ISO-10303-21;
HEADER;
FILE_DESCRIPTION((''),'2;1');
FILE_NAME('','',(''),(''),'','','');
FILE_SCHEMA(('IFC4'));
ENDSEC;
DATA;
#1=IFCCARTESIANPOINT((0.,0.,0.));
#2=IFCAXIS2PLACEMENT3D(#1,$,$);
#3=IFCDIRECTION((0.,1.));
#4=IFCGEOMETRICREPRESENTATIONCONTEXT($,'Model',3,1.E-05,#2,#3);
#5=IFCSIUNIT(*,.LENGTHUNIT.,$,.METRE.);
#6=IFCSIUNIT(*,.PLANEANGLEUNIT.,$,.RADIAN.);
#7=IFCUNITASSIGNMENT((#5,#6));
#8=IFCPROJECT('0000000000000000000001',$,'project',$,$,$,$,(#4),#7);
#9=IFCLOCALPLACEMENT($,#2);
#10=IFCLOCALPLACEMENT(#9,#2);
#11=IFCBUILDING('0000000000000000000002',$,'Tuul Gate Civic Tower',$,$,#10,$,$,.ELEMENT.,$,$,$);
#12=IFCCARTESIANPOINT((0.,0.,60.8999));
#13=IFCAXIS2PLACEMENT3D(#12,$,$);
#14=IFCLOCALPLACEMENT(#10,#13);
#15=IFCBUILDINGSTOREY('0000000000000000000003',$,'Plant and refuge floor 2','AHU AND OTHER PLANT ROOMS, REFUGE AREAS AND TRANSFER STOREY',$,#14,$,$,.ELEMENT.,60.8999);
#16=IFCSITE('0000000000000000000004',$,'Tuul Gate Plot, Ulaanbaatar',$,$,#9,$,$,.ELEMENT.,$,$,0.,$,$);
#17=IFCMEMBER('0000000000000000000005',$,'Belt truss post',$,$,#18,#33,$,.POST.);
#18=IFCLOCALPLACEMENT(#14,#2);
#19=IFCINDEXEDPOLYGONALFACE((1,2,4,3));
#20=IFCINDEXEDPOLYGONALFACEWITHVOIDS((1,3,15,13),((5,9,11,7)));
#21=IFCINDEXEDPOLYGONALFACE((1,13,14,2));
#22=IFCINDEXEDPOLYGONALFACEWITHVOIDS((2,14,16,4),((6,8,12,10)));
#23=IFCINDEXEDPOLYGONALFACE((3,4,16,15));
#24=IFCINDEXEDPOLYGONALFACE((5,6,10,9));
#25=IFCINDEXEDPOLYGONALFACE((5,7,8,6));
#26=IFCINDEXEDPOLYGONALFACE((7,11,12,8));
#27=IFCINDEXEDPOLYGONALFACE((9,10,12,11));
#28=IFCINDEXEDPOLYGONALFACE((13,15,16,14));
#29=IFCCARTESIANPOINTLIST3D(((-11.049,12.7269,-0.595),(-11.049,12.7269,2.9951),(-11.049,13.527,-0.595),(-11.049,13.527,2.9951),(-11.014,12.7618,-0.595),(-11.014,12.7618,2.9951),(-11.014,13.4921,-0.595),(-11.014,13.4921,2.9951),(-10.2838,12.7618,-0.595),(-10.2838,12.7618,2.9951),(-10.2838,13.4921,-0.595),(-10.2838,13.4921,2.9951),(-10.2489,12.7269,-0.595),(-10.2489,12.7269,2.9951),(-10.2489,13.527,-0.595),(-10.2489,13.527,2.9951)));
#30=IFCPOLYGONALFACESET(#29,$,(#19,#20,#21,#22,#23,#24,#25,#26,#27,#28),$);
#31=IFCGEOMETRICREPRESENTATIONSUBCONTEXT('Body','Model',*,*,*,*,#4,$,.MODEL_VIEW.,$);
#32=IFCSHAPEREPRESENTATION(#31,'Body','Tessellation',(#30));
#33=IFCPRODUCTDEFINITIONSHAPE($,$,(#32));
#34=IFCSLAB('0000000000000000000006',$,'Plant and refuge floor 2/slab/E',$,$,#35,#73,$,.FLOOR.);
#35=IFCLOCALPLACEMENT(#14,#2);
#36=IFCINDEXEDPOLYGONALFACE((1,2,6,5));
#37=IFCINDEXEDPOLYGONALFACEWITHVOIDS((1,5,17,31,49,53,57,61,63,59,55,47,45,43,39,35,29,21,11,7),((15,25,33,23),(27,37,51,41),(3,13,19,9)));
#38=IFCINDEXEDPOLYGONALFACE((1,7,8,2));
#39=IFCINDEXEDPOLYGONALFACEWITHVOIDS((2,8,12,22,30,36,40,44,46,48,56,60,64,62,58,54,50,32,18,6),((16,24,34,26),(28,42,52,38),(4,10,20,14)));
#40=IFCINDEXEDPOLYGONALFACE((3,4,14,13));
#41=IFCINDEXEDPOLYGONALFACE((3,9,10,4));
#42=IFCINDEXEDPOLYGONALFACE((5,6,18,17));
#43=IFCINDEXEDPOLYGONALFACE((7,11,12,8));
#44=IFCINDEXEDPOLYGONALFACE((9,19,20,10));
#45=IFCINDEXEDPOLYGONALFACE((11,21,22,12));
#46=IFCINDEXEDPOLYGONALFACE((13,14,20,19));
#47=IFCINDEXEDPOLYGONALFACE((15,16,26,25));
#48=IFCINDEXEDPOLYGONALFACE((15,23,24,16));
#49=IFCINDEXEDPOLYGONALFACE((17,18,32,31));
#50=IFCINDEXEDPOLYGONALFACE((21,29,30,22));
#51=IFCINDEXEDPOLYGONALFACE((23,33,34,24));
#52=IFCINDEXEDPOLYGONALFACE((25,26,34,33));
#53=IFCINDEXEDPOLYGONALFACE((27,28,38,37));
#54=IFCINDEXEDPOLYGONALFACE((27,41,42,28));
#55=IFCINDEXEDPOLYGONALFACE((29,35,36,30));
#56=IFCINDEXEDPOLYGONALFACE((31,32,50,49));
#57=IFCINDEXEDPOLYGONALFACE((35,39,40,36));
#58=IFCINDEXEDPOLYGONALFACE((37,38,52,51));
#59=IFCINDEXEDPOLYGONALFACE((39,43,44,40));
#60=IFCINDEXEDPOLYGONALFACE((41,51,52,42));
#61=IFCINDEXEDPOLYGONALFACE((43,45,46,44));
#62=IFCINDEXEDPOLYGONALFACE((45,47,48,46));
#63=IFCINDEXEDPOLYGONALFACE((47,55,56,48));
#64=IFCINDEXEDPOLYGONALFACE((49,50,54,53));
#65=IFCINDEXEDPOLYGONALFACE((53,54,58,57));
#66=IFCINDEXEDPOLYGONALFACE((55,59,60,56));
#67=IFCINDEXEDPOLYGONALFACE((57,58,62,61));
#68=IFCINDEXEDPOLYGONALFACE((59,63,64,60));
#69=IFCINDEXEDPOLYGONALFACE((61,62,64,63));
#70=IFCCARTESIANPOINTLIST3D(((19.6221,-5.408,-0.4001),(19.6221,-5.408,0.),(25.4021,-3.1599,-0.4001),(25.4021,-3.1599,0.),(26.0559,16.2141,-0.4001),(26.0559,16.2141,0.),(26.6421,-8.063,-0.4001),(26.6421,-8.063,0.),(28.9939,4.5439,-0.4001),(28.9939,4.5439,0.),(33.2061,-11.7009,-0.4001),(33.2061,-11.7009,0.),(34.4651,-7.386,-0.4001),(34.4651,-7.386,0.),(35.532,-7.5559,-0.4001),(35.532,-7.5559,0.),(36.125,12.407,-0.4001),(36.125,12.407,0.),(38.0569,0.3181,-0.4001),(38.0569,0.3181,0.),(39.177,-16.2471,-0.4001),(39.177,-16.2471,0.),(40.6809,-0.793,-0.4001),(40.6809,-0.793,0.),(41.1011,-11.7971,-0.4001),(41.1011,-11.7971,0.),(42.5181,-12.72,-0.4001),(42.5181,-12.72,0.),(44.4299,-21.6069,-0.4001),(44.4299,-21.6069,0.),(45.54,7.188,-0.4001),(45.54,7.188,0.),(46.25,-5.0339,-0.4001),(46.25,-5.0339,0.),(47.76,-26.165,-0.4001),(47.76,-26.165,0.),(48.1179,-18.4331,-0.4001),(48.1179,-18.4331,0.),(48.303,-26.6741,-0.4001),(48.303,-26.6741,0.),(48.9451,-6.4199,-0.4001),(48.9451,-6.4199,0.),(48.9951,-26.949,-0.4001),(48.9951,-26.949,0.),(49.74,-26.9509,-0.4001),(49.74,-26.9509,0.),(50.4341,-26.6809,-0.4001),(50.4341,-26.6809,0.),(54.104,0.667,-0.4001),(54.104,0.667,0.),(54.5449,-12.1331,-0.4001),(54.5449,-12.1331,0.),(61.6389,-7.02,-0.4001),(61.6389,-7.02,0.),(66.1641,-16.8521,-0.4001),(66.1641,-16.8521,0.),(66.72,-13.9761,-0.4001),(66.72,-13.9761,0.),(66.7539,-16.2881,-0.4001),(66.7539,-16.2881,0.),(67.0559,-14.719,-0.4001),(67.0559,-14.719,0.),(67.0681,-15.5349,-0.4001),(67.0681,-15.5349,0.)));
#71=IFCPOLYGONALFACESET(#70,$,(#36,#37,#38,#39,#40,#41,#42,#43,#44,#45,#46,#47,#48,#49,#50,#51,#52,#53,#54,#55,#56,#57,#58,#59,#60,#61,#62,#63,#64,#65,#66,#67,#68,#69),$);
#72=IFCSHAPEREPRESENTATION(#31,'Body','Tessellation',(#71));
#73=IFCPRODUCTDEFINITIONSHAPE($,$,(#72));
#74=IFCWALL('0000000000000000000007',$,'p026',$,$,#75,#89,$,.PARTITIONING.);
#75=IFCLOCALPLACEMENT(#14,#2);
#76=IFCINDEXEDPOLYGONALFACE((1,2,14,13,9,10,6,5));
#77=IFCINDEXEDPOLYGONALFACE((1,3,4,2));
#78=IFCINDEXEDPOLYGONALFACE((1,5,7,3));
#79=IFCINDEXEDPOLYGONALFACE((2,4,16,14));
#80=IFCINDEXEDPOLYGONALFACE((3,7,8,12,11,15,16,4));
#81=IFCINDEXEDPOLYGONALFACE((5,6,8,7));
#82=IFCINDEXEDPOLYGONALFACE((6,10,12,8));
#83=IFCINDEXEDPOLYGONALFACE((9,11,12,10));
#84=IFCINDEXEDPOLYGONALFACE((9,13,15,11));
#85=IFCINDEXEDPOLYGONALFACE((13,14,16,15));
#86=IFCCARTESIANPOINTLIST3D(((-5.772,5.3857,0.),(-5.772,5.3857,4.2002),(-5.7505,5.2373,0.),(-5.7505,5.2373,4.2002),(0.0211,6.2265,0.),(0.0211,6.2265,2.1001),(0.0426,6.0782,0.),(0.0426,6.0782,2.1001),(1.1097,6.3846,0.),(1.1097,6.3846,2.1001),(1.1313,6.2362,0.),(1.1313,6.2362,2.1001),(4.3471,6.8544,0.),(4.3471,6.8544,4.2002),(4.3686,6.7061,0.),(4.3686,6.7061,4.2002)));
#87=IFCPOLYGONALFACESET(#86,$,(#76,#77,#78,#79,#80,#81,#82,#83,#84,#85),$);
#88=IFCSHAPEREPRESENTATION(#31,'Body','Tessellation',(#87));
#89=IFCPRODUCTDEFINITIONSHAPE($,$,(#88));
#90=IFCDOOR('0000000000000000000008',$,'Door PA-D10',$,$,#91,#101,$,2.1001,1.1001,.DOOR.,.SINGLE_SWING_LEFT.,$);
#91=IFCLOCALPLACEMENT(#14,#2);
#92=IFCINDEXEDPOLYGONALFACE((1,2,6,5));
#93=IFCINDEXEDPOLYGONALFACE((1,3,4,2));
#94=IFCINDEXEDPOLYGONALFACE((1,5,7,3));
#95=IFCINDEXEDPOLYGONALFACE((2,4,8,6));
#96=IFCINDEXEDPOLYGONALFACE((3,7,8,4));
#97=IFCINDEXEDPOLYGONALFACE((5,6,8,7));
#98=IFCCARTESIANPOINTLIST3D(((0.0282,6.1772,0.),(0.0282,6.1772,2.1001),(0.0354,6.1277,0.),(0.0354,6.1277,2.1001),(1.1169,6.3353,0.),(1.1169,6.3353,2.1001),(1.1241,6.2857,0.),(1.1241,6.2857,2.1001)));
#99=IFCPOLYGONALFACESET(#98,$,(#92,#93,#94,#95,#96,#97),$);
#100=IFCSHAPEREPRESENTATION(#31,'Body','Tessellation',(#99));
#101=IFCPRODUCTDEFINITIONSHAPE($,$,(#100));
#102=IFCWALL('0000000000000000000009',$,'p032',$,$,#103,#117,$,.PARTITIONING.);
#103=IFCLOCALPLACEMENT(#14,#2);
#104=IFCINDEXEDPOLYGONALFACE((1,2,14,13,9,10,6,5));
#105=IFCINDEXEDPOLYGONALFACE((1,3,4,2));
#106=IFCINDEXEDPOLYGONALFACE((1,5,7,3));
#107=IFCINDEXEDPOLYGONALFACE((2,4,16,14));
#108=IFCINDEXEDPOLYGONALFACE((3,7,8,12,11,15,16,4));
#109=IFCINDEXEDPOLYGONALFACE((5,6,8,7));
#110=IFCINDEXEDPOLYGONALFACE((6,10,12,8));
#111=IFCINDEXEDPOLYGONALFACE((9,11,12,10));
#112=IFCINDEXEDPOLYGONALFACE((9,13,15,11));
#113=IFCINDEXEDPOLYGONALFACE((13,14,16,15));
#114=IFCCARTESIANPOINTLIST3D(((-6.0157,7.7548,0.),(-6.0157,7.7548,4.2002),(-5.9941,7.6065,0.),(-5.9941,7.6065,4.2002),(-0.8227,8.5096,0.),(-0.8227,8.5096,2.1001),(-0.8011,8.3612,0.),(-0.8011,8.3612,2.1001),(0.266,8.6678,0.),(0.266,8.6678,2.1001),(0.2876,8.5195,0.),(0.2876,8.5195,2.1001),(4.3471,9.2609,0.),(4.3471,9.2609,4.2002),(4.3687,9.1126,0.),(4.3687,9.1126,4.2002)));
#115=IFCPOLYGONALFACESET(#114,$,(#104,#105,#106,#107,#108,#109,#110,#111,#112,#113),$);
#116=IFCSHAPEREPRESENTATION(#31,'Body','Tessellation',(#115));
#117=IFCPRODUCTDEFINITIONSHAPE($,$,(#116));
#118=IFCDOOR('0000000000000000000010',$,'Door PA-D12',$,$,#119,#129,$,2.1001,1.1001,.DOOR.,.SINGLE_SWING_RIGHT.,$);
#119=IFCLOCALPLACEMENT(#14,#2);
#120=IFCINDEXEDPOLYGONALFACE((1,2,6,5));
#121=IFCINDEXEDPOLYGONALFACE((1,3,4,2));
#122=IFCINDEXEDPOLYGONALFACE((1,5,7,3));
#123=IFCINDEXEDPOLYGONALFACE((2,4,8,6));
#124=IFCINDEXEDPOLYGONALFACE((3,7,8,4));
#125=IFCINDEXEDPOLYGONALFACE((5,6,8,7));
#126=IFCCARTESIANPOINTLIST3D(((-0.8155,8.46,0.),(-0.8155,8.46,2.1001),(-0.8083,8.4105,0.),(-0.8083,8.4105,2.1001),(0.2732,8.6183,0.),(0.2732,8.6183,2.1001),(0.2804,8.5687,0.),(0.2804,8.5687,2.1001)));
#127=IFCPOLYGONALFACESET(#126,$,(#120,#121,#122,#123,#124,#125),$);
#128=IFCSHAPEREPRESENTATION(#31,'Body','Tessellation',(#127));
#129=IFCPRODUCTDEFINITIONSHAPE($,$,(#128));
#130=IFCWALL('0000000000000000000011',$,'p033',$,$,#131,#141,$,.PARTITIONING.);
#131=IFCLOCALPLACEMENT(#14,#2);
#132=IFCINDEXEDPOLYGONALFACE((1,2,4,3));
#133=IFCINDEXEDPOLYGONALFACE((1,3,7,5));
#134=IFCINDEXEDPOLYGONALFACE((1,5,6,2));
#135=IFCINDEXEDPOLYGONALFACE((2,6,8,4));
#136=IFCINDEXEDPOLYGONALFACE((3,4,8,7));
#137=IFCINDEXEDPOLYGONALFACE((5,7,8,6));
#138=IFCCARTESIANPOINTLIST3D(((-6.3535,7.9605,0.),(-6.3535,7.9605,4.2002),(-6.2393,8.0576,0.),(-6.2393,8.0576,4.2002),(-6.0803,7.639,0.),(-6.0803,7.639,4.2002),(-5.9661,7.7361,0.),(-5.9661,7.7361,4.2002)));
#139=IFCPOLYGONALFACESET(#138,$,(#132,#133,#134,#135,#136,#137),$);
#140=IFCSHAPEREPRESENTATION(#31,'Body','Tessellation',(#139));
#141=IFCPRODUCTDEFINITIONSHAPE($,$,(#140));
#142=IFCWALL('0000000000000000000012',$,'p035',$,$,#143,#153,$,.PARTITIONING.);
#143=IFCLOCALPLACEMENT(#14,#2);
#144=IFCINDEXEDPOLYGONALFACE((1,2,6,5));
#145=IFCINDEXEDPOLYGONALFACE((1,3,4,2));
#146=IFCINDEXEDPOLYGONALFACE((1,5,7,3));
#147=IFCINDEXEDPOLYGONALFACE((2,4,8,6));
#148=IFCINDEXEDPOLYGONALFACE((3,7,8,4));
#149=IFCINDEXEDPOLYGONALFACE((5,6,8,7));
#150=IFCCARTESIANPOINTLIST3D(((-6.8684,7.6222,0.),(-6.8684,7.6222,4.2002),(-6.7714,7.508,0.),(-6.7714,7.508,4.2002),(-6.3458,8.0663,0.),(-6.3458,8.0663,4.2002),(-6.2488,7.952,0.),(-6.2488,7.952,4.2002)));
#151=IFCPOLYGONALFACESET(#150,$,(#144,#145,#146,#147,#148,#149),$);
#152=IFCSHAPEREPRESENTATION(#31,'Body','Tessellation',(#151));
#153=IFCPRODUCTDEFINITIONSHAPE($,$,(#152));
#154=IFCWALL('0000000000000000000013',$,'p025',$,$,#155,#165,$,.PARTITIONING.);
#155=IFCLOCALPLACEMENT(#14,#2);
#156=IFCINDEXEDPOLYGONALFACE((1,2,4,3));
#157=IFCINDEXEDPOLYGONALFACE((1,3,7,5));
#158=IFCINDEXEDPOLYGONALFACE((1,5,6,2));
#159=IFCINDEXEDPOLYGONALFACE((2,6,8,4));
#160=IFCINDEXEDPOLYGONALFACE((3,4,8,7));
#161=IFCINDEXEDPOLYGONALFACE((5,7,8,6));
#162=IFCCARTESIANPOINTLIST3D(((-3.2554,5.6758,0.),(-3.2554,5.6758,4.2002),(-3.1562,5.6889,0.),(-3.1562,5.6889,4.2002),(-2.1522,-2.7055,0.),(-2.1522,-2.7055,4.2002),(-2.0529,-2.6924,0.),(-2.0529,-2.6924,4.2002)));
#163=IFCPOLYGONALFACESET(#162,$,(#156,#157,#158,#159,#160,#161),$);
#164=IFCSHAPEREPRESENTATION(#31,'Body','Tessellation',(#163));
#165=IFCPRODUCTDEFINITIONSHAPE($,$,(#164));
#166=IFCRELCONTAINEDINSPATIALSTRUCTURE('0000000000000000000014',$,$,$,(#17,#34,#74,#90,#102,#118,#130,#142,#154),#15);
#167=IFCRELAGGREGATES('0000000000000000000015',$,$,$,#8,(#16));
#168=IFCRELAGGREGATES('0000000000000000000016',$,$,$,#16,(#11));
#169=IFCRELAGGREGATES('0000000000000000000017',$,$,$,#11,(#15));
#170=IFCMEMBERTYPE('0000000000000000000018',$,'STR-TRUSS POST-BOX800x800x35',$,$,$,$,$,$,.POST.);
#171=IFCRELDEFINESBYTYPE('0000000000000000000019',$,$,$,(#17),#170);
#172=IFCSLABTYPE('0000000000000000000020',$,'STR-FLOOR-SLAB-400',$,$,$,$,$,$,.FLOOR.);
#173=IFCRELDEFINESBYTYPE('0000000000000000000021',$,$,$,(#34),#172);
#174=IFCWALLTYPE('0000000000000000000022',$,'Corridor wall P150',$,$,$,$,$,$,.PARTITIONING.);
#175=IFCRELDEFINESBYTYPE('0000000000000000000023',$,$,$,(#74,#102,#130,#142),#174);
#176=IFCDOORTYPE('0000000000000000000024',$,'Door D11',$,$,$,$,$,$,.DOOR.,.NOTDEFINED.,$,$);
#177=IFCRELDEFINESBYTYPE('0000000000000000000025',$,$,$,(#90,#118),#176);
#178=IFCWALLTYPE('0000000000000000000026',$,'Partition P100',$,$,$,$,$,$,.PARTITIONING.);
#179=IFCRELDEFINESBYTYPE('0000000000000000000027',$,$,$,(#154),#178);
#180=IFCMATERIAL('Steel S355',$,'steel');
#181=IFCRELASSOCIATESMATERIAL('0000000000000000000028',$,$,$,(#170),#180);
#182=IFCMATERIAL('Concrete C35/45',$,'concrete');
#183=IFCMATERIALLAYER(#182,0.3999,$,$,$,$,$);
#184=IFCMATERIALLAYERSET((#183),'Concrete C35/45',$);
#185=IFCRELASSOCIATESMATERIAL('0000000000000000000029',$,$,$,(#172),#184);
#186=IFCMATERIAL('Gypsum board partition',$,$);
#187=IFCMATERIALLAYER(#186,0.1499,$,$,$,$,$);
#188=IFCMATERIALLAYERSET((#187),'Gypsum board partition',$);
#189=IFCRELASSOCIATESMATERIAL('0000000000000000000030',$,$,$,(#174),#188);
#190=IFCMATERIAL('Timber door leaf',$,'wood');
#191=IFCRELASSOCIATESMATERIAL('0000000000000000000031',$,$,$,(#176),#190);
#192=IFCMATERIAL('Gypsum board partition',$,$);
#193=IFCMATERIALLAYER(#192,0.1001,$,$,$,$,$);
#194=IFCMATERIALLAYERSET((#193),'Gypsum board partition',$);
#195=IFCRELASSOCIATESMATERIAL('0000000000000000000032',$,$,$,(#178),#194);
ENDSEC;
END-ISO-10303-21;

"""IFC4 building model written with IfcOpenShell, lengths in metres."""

from ifc_helpers import new_model, si_unit, direction, frame, frame_2d, origin, origin_2d, place, context, subcontext, project, spatial, polyline, rectangle, hollow_rectangle, outline, extrude, material, layer, layer_set, material_profile, profile_set, type_object, element, fill, save


model = new_model("IFC4")

# Units and contexts
model_context = context("Model", 3, precision=1e-05, world=origin(), true_north=direction((0.0, 1.0)))
body_context = subcontext(model_context, "Body", "Model", "MODEL_VIEW")
ifc_project = project(units=[si_unit("LENGTHUNIT", "METRE"), si_unit("PLANEANGLEUNIT", "RADIAN")], contexts=[model_context])

# Site, building, storey
site_placement = place(None, origin())
site = spatial("IfcSite", under=ifc_project, at=site_placement, Name="Tuul Gate Plot, Ulaanbaatar", CompositionType="ELEMENT", RefElevation=0.0)
building_placement = place(site_placement, origin())
building = spatial("IfcBuilding", under=site, at=building_placement, Name="Tuul Gate Civic Tower", CompositionType="ELEMENT")
storey_placement = place(building_placement, frame((0.0, 0.0, 60.8999)))
storey = spatial("IfcBuildingStorey", under=building, at=storey_placement, Name="Plant and refuge floor 2", Description="AHU AND OTHER PLANT ROOMS, REFUGE AREAS AND TRANSFER STOREY", CompositionType="ELEMENT", Elevation=60.8999)

# Member
ifc_material_1 = material(Name="Steel S355", Category="steel")
ifc_material_profile_1 = material_profile(ifc_material_1, hollow_rectangle(XDim=0.8, YDim=0.8, WallThickness=0.0349, at=origin_2d()), Name="BOX800x800x35")
ifc_profile_set_1 = profile_set([ifc_material_profile_1], Name="Steel S355")
member_type_1 = type_object("IfcMemberType", Name="STR-TRUSS POST-BOX800x800x35", PredefinedType="POST", material=ifc_profile_set_1)
for number, where, z_axis, x_axis, name in (
    (1, (-10.6489, 13.127, -0.595), (0.0, 0.0, 1.0), (1.0, 0.0, 0.0), "Belt truss post"),
):
    element("IfcMember", number, at=place(storey_placement, frame(where, z_axis=z_axis, x_axis=x_axis)), inside=storey, type_object=member_type_1, Name=name, PredefinedType="POST", context=body_context, shape_type="SweptSolid", body=[
        extrude(hollow_rectangle(XDim=0.8, YDim=0.8, WallThickness=0.0349, at=origin_2d()), origin(), (0.0, 0.0, 1.0), 3.5901),
    ])

# Slab
ifc_material_2 = material(Name="Concrete C35/45", Category="concrete")
ifc_layer_1 = layer(ifc_material_2, 0.3999)
ifc_layer_set_1 = layer_set([ifc_layer_1], Name="Concrete C35/45")
slab_type = type_object("IfcSlabType", Name="STR-FLOOR-SLAB-400", PredefinedType="FLOOR", material=ifc_layer_set_1)
slab_placement = place(storey_placement, frame((0.0, 0.0, -0.4001)))
element("IfcSlab", 2, at=slab_placement, inside=storey, type_object=slab_type, Name="Plant and refuge floor 2/slab/E", PredefinedType="FLOOR", context=body_context, shape_type="SweptSolid", body=[
    extrude(outline(polyline([(49.74, -26.9509), (50.4341, -26.6809), (66.1641, -16.8521), (66.7539, -16.2881), (67.0681, -15.5349), (67.0559, -14.719), (66.72, -13.9761), (61.6389, -7.02), (54.104, 0.667), (45.54, 7.188), (36.125, 12.407), (26.0559, 16.2141), (19.6221, -5.408), (26.6421, -8.063), (33.2061, -11.7009), (39.177, -16.2471), (44.4299, -21.6069), (47.76, -26.165), (48.303, -26.6741), (48.9951, -26.949), (49.74, -26.9509)]), holes=[polyline([(48.1179, -18.4331), (42.5181, -12.72), (48.9451, -6.4199), (54.5449, -12.1331), (48.1179, -18.4331)]), polyline([(35.532, -7.5559), (40.6809, -0.793), (46.25, -5.0339), (41.1011, -11.7971), (35.532, -7.5559)]), polyline([(25.4021, -3.1599), (28.9939, 4.5439), (38.0569, 0.3181), (34.4651, -7.386), (25.4021, -3.1599)])]), origin(), (0.0, 0.0, 1.0), 0.4001),
])

# Walls, openings, doors
ifc_material_3 = material(Name="Gypsum board partition")
ifc_layer_2 = layer(ifc_material_3, 0.1499)
ifc_layer_set_2 = layer_set([ifc_layer_2], Name="Gypsum board partition")
wall_type_1 = type_object("IfcWallType", Name="Corridor wall P150", PredefinedType="PARTITIONING", material=ifc_layer_set_2)
wall_1_placement = place(storey_placement, frame((-5.7612, 5.3115, 0.0), z_axis=(0.0, 0.0, 1.0), x_axis=(0.98963, 0.143641, 0.0)))
wall_1 = element("IfcWall", 3, at=wall_1_placement, inside=storey, type_object=wall_type_1, Name="p026", PredefinedType="PARTITIONING", context=body_context, shape_type="SweptSolid", body=[
    extrude(rectangle(XDim=10.2251, YDim=0.1499, at=frame_2d((5.1125, 0.0))), origin(), (0.0, 0.0, 1.0), 4.2002),
])
opening_1_placement = place(wall_1_placement, frame((5.8538, 0.0, 0.0)))
opening_1 = element("IfcOpeningElement", 4, at=opening_1_placement, cuts=wall_1, PredefinedType="OPENING", context=body_context, shape_type="SweptSolid", body=[
    extrude(rectangle(XDim=1.1001, YDim=2.1001, at=frame_2d((0.55, 1.05))), frame((0.0, 0.085, 0.0), z_axis=(0.0, -1.0, 0.0), x_axis=(1.0, 0.0, 0.0)), (0.0, 0.0, 1.0), 0.1699),
])
ifc_material_4 = material(Name="Timber door leaf", Category="wood")
door_type = type_object("IfcDoorType", Name="Door D11", OperationType="NOTDEFINED", PredefinedType="DOOR", material=ifc_material_4)
door_1_placement = place(opening_1_placement, frame((1.1001, 0.0, 0.0), z_axis=(0.0, 0.0, 1.0), x_axis=(-1.0, 0.0, 0.0)))
door_1 = element("IfcDoor", 5, at=door_1_placement, inside=storey, type_object=door_type, Name="Door PA-D10", OperationType="SINGLE_SWING_LEFT", OverallHeight=2.1001, OverallWidth=1.1001, PredefinedType="DOOR", context=body_context, shape_type="SweptSolid", body=[
    extrude(rectangle(XDim=1.1001, YDim=2.1001, at=frame_2d((0.55, 1.05))), frame((0.0, 0.0249, 0.0), z_axis=(0.0, -1.0, 0.0), x_axis=(1.0, 0.0, 0.0)), (0.0, 0.0, 1.0), 0.05),
])
fill(opening_1, door_1)
wall_2_placement = place(storey_placement, frame((-6.0049, 7.6807, 0.0), z_axis=(0.0, 0.0, 1.0), x_axis=(0.989603, 0.143827, 0.0)))
wall_2 = element("IfcWall", 6, at=wall_2_placement, inside=storey, type_object=wall_type_1, Name="p032", PredefinedType="PARTITIONING", context=body_context, shape_type="SweptSolid", body=[
    extrude(rectangle(XDim=10.4717, YDim=0.1499, at=frame_2d((5.2358, 0.0))), origin(), (0.0, 0.0, 1.0), 4.2002),
])
opening_2_placement = place(wall_2_placement, frame((5.2476, 0.0, 0.0)))
opening_2 = element("IfcOpeningElement", 7, at=opening_2_placement, cuts=wall_2, PredefinedType="OPENING", context=body_context, shape_type="SweptSolid", body=[
    extrude(rectangle(XDim=1.1001, YDim=2.1001, at=frame_2d((0.55, 1.05))), frame((0.0, 0.085, 0.0), z_axis=(0.0, -1.0, 0.0), x_axis=(1.0, 0.0, 0.0)), (0.0, 0.0, 1.0), 0.1699),
])
door_2_placement = place(opening_2_placement, origin())
door_2 = element("IfcDoor", 8, at=door_2_placement, inside=storey, type_object=door_type, Name="Door PA-D12", OperationType="SINGLE_SWING_RIGHT", OverallHeight=2.1001, OverallWidth=1.1001, PredefinedType="DOOR", context=body_context, shape_type="SweptSolid", body=[
    extrude(rectangle(XDim=1.1001, YDim=2.1001, at=frame_2d((0.55, 1.05))), frame((0.0, 0.0249, 0.0), z_axis=(0.0, -1.0, 0.0), x_axis=(1.0, 0.0, 0.0)), (0.0, 0.0, 1.0), 0.05),
])
fill(opening_2, door_2)

# Walls
wall_3_placement = place(storey_placement, frame((-6.2964, 8.009, 0.0), z_axis=(0.0, 0.0, 1.0), x_axis=(0.647497, -0.762068, 0.0)))
element("IfcWall", 9, at=wall_3_placement, inside=storey, type_object=wall_type_1, Name="p033", PredefinedType="PARTITIONING", context=body_context, shape_type="SweptSolid", body=[
    extrude(rectangle(XDim=0.4219, YDim=0.1499, at=frame_2d((0.2109, 0.0))), origin(), (0.0, 0.0, 1.0), 4.2002),
])
wall_4_placement = place(storey_placement, frame((-6.8198, 7.5652, 0.0), z_axis=(0.0, 0.0, 1.0), x_axis=(0.762089, 0.647473, 0.0)))
element("IfcWall", 10, at=wall_4_placement, inside=storey, type_object=wall_type_1, Name="p035", PredefinedType="PARTITIONING", context=body_context, shape_type="SweptSolid", body=[
    extrude(rectangle(XDim=0.6858, YDim=0.1499, at=frame_2d((0.3428, 0.0))), origin(), (0.0, 0.0, 1.0), 4.2002),
])
ifc_material_5 = material(Name="Gypsum board partition")
ifc_layer_3 = layer(ifc_material_5, 0.1001)
ifc_layer_set_3 = layer_set([ifc_layer_3], Name="Gypsum board partition")
wall_type_2 = type_object("IfcWallType", Name="Partition P100", PredefinedType="PARTITIONING", material=ifc_layer_set_3)
wall_5_placement = place(storey_placement, frame((-3.2058, 5.6824, 0.0), z_axis=(0.0, 0.0, 1.0), x_axis=(0.130508, -0.991447, 0.0)))
element("IfcWall", 11, at=wall_5_placement, inside=storey, type_object=wall_type_2, Name="p025", PredefinedType="PARTITIONING", context=body_context, shape_type="SweptSolid", body=[
    extrude(rectangle(XDim=8.4536, YDim=0.1001, at=frame_2d((4.2268, 0.0))), origin(), (0.0, 0.0, 1.0), 4.2002),
])

save(model, "model.ifc")
